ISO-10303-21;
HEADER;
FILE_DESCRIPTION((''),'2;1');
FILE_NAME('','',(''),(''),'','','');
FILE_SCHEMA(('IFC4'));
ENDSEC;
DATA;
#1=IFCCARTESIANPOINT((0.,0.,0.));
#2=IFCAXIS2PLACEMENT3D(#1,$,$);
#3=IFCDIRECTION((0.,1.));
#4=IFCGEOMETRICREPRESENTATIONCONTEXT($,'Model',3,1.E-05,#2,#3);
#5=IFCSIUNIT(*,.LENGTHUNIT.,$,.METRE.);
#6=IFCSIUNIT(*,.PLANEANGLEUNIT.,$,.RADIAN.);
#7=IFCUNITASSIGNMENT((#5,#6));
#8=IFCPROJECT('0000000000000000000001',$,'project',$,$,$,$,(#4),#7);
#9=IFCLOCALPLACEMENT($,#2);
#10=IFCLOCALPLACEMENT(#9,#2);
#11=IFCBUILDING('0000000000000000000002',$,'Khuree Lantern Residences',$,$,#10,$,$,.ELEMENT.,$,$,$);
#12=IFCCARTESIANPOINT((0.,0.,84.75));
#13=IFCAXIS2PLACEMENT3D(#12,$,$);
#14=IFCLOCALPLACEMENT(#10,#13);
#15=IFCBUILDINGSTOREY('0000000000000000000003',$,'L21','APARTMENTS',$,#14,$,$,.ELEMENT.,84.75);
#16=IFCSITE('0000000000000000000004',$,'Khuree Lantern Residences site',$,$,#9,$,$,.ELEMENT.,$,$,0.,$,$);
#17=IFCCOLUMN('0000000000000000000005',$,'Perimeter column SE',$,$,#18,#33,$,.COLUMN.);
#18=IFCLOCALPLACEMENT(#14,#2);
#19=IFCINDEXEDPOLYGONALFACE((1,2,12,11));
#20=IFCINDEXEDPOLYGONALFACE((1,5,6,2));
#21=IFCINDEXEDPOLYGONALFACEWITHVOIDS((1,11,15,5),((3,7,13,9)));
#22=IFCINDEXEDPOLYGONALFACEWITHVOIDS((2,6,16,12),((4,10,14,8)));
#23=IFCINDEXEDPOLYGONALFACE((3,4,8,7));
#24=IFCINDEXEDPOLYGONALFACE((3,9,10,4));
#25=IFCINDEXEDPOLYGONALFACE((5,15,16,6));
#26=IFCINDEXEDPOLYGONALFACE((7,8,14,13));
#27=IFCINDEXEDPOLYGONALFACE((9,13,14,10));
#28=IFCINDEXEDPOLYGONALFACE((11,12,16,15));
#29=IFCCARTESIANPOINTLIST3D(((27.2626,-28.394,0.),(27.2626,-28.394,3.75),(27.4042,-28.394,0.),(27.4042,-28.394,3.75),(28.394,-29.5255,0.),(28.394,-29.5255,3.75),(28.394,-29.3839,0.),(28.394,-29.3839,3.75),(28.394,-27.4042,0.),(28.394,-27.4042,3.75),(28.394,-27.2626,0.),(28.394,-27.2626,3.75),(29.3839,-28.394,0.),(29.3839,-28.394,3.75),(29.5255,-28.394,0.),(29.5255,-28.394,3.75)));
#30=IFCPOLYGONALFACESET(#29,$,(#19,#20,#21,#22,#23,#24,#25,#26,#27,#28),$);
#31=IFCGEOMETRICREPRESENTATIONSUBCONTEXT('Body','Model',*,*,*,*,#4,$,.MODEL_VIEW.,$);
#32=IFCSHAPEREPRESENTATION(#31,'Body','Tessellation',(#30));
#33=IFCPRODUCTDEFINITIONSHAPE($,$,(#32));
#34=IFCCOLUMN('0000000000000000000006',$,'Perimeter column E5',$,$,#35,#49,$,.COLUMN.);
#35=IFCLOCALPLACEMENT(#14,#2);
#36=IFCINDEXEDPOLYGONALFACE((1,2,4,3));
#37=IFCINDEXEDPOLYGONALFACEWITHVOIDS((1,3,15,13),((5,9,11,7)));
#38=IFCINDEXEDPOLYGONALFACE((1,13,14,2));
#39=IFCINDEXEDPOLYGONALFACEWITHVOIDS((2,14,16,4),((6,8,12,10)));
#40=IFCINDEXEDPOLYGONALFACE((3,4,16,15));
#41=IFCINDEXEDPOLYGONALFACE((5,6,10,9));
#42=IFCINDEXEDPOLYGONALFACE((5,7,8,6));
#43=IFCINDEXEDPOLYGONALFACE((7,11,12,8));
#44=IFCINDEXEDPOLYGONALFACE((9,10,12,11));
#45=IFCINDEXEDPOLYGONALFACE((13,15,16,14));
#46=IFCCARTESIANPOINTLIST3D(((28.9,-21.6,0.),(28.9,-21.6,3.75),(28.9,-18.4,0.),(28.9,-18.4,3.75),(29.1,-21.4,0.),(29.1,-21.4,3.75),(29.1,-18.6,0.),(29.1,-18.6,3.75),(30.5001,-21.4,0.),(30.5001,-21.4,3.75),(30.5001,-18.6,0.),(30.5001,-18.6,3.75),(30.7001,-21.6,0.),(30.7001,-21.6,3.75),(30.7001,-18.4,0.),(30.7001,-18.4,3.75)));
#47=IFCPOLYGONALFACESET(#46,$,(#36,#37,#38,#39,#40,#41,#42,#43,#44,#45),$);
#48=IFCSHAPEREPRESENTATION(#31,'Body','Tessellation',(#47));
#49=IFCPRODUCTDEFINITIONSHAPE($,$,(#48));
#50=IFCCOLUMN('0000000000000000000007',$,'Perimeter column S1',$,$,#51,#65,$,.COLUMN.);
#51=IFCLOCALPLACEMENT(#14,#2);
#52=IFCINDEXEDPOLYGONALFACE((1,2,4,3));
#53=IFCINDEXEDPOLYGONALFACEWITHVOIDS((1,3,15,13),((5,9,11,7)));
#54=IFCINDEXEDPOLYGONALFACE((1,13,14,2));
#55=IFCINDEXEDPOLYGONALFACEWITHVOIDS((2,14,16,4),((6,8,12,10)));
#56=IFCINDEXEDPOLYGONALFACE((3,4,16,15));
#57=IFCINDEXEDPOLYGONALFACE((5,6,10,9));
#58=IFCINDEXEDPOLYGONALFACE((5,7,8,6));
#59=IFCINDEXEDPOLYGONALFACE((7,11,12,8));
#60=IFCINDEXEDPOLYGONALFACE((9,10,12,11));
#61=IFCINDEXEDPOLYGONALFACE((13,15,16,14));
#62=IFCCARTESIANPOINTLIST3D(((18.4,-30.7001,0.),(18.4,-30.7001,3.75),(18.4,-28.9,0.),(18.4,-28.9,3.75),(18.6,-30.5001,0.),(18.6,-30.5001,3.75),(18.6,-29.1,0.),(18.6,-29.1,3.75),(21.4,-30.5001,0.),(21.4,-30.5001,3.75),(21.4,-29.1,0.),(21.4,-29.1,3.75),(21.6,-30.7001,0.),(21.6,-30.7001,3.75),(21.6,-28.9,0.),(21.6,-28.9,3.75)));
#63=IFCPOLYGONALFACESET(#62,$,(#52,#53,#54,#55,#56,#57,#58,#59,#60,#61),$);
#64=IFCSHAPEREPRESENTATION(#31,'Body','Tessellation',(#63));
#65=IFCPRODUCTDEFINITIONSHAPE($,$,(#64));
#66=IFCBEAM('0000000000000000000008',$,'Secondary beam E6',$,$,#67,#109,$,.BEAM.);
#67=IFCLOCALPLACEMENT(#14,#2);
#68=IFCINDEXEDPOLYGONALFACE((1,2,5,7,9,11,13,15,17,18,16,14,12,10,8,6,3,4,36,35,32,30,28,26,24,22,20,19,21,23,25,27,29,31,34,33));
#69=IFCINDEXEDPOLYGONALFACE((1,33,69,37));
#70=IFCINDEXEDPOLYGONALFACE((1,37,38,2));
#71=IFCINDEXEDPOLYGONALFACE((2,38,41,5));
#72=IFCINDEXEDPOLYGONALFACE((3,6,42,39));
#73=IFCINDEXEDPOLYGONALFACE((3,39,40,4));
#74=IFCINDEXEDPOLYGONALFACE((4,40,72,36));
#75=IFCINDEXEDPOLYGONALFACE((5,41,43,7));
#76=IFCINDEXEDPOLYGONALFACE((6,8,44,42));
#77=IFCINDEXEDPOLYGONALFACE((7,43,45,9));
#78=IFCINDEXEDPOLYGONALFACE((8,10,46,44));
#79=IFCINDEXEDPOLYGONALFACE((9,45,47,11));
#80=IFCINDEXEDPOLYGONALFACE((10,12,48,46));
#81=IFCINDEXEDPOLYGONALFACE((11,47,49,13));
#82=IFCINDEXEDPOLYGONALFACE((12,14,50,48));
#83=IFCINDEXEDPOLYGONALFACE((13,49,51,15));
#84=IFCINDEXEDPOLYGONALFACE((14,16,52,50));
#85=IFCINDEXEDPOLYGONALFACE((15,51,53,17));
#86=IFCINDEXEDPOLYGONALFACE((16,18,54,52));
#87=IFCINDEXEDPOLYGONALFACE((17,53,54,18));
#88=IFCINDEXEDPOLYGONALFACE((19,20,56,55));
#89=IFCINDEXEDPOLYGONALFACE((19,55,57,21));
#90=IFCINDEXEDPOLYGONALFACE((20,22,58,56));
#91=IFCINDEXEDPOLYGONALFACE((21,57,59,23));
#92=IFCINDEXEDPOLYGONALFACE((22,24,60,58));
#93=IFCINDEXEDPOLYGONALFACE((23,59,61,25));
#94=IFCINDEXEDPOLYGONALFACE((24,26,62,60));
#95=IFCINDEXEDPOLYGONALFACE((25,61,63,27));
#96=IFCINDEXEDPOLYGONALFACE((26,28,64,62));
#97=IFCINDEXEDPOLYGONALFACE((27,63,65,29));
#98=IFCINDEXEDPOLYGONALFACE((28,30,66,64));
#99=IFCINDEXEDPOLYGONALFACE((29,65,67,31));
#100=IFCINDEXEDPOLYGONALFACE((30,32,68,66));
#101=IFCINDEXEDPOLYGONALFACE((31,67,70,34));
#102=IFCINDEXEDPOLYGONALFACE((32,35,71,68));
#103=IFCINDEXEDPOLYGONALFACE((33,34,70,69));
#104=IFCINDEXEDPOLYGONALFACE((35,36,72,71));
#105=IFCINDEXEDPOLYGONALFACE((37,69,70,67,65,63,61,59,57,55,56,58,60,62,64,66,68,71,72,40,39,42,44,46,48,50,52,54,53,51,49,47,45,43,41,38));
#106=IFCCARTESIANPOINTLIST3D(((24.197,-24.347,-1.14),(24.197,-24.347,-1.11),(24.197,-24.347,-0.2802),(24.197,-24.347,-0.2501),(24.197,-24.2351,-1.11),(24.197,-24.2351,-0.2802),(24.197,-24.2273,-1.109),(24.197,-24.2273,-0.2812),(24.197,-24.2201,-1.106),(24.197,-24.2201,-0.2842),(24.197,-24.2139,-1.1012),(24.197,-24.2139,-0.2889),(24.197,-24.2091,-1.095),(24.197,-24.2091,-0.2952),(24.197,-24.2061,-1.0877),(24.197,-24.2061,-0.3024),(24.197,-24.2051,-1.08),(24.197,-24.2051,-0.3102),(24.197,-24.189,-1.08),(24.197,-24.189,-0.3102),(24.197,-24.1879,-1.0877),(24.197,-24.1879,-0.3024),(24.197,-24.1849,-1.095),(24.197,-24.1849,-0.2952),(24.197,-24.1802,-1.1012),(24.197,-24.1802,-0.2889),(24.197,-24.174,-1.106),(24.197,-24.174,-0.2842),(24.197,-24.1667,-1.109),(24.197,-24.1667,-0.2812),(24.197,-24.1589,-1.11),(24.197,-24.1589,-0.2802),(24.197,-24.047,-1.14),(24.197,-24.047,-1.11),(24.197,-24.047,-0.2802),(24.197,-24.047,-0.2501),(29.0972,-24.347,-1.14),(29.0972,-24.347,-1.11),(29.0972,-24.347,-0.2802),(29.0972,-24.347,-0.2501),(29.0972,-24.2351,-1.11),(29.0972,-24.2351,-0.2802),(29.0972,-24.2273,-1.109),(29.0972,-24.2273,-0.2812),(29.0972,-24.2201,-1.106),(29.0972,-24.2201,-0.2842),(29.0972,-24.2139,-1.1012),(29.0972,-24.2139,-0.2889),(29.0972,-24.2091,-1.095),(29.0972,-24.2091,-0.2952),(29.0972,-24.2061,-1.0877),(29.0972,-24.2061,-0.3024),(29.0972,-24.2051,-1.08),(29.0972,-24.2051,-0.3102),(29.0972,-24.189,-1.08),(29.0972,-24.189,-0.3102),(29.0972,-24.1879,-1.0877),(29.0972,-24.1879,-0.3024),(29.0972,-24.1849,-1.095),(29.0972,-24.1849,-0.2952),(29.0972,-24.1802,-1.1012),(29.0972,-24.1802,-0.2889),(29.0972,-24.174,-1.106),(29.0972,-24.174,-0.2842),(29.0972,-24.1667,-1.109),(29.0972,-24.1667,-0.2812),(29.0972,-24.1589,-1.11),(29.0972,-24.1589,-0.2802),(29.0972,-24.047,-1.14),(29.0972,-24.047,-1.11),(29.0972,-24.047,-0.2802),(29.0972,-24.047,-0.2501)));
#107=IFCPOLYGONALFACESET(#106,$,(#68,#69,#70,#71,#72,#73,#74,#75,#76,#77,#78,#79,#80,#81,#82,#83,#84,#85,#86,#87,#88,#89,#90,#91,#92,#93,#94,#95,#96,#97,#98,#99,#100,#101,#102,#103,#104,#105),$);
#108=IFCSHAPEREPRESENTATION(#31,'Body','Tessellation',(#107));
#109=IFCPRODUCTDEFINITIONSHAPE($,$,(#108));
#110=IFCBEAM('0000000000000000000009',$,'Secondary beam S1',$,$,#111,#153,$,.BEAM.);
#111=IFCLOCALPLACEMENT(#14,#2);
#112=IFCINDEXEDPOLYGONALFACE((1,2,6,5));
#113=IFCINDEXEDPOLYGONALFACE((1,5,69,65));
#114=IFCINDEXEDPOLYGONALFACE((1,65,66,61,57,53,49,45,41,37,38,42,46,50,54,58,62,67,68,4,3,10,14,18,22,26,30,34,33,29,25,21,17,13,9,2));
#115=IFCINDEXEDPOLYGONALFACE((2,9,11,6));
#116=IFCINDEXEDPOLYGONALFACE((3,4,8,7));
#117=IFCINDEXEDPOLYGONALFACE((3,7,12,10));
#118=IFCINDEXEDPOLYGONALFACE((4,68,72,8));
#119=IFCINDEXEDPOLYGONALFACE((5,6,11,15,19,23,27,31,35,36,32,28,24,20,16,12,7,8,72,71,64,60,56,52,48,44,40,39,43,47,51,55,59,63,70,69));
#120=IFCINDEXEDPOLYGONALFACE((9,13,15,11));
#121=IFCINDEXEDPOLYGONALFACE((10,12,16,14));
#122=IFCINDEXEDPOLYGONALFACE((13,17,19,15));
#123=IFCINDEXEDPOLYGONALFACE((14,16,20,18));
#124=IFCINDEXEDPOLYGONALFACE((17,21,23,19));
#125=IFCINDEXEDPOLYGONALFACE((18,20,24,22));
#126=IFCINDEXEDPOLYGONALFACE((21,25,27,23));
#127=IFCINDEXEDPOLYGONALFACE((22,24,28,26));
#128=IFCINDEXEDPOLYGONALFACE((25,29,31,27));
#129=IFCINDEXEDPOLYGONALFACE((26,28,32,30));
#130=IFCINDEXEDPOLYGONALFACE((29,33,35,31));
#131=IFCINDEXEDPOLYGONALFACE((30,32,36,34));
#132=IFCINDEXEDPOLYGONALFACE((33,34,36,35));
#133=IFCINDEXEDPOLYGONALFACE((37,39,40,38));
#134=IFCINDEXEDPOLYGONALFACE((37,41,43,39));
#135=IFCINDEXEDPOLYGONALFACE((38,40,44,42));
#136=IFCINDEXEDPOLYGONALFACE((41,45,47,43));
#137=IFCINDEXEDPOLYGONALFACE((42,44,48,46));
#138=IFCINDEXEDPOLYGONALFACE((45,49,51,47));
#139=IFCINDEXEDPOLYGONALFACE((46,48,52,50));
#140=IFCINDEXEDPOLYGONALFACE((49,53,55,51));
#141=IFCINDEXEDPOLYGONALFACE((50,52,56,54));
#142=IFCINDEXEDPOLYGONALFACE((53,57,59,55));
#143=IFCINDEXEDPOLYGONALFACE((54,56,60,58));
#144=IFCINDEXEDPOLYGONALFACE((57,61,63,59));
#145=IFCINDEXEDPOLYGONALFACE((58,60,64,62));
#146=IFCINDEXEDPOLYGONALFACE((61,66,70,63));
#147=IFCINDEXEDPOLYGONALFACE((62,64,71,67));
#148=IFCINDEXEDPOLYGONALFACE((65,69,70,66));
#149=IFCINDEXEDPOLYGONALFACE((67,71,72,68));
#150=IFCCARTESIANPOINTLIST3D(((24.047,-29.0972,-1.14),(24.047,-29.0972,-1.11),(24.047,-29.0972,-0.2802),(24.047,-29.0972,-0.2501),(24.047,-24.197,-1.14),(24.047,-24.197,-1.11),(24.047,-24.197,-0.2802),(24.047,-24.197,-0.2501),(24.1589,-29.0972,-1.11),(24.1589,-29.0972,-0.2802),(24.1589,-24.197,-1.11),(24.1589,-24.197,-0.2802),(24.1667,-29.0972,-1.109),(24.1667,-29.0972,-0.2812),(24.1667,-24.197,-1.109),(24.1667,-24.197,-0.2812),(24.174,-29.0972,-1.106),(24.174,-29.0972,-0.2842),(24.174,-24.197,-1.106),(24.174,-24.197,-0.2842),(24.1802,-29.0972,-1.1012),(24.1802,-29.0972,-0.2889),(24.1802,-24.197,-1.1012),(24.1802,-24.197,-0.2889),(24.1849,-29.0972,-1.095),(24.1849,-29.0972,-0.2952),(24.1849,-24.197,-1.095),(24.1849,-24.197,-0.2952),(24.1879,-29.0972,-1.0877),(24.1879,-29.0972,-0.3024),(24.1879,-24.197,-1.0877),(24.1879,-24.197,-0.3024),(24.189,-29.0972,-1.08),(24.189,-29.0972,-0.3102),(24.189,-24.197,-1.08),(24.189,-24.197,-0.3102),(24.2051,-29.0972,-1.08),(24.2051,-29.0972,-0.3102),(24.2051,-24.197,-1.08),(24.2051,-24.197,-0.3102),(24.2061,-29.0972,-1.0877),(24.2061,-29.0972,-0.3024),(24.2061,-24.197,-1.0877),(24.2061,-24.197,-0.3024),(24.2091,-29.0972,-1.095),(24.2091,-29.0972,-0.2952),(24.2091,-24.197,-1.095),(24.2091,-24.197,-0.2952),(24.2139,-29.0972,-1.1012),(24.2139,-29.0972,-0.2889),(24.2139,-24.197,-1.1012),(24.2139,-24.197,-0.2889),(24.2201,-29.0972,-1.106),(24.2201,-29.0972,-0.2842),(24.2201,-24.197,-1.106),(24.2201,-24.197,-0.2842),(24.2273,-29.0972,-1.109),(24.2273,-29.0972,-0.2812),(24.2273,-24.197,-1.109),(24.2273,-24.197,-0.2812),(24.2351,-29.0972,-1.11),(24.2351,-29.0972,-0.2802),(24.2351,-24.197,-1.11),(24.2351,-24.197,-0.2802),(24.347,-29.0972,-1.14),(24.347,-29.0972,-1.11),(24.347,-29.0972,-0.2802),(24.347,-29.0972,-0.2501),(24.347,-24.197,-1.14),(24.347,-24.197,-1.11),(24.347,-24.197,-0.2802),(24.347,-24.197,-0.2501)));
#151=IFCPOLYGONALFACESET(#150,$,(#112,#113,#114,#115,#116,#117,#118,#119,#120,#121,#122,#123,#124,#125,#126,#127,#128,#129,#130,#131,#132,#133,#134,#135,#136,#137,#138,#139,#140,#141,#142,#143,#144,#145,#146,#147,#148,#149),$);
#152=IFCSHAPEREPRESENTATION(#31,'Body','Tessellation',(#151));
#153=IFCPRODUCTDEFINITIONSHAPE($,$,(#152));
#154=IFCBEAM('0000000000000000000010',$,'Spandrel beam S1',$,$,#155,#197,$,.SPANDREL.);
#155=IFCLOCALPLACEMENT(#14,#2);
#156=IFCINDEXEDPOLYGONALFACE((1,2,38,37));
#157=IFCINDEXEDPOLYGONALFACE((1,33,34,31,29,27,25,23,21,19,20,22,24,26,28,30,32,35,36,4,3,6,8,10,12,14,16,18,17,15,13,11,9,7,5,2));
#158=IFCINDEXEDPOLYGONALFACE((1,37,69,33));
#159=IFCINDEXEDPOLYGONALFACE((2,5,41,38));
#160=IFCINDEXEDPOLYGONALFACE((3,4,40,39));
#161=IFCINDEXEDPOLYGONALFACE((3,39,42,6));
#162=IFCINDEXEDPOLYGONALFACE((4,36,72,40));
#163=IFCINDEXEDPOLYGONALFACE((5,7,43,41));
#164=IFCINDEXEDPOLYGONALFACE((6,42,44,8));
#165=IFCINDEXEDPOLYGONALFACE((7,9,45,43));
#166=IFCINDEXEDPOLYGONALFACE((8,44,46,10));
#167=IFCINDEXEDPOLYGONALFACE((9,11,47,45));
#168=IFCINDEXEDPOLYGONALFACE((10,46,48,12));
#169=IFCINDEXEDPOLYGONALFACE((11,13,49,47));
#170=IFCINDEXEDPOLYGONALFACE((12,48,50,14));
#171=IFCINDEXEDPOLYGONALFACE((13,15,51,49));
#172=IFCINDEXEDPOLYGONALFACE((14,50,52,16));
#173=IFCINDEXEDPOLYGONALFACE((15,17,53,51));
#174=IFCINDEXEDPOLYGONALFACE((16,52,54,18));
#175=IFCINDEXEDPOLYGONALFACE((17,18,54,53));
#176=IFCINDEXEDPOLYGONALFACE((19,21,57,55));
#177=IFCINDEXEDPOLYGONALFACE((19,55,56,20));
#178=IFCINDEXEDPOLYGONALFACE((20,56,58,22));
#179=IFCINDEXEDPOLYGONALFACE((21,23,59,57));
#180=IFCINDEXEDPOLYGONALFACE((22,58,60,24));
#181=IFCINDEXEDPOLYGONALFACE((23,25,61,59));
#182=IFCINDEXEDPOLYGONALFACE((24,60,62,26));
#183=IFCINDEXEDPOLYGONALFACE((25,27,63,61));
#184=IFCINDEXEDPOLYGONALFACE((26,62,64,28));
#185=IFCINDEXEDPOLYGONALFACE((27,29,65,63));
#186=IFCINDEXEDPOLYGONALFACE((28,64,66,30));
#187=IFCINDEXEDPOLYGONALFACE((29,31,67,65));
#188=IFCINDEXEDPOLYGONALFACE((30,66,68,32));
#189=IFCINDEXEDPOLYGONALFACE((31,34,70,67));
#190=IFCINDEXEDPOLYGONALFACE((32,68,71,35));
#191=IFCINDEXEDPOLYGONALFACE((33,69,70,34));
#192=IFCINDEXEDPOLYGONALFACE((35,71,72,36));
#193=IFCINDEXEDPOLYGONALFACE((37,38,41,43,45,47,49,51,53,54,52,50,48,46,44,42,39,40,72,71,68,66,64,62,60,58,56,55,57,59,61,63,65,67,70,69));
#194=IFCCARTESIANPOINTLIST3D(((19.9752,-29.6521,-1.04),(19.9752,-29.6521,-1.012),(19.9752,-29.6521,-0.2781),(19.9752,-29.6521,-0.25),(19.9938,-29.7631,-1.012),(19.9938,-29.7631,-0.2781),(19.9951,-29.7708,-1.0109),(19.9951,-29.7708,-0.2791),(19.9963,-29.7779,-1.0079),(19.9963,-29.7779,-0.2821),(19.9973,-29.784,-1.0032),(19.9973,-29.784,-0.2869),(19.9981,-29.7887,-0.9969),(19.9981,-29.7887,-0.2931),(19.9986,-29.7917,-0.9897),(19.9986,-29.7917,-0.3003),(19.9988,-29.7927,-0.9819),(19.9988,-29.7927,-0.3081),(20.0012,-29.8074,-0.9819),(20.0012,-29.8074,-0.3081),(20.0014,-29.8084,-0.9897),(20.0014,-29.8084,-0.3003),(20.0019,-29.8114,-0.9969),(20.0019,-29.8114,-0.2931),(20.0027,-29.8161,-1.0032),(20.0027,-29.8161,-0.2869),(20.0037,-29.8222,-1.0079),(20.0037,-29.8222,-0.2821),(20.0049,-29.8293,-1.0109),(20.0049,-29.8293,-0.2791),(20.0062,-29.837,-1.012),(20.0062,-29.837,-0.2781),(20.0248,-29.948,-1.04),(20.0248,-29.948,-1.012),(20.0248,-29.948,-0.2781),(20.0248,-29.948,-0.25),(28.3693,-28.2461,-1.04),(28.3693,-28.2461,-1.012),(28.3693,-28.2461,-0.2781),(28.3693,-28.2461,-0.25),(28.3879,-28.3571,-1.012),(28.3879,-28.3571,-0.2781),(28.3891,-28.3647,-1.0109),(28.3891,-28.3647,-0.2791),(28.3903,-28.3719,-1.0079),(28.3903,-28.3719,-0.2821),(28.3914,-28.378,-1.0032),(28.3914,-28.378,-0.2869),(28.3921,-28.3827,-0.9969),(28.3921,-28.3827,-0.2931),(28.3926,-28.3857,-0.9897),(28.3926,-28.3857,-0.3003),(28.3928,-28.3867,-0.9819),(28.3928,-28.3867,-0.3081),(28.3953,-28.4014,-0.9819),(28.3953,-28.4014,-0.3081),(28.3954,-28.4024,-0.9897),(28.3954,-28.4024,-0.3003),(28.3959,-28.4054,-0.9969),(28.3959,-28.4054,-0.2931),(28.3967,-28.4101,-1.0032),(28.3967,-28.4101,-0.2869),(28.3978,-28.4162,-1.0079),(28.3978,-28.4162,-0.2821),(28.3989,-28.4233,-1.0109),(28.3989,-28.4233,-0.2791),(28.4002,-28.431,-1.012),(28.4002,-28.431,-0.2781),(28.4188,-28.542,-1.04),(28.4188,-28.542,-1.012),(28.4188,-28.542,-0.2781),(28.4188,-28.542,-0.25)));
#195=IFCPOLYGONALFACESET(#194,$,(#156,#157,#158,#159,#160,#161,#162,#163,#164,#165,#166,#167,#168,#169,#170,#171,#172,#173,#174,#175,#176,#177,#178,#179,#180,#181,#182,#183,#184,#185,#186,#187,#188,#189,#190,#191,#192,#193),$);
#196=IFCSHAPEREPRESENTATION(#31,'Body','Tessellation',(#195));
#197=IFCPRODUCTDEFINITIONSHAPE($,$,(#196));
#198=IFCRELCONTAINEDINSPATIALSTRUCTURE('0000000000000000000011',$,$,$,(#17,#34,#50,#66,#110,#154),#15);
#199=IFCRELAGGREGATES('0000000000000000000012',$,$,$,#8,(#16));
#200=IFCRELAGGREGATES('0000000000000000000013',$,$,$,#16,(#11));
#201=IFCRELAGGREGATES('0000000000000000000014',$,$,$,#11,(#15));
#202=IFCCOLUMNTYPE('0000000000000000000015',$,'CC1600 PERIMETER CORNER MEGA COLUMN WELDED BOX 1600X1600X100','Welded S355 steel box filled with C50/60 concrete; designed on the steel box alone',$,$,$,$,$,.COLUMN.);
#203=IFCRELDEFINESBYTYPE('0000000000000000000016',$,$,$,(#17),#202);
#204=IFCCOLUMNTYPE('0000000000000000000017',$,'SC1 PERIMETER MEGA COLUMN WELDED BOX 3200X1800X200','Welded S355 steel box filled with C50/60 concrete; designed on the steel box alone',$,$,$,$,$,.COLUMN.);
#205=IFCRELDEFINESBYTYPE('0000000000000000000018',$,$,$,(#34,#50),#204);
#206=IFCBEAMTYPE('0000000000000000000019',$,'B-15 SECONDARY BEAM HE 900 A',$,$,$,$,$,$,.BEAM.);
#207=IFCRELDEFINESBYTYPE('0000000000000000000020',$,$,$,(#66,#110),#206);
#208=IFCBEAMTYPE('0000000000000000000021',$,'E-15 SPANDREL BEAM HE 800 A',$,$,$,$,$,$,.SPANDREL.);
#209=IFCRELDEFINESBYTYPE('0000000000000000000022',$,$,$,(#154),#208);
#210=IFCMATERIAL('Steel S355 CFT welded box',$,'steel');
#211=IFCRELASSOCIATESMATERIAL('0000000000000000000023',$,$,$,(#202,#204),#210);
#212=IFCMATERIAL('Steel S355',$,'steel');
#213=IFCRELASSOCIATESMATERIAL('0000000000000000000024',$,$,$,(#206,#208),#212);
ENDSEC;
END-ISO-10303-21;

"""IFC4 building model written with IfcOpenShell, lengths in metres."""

from ifc_helpers import new_model, si_unit, direction, frame, origin, origin_2d, place, context, subcontext, project, spatial, hollow_rectangle, i_section, extrude, material, material_profile, profile_set, type_object, element, save


model = new_model("IFC4")

# Units and contexts
model_context = context("Model", 3, precision=1e-05, world=origin(), true_north=direction((0.0, 1.0)))
body_context = subcontext(model_context, "Body", "Model", "MODEL_VIEW")
ifc_project = project(units=[si_unit("LENGTHUNIT", "METRE"), si_unit("PLANEANGLEUNIT", "RADIAN")], contexts=[model_context])

# Site, building, storey
site_placement = place(None, origin())
site = spatial("IfcSite", under=ifc_project, at=site_placement, Name="Khuree Lantern Residences site", CompositionType="ELEMENT", RefElevation=0.0)
building_placement = place(site_placement, origin())
building = spatial("IfcBuilding", under=site, at=building_placement, Name="Khuree Lantern Residences", CompositionType="ELEMENT")
storey_placement = place(building_placement, frame((0.0, 0.0, 84.75)))
storey = spatial("IfcBuildingStorey", under=building, at=storey_placement, Name="L21", Description="APARTMENTS", CompositionType="ELEMENT", Elevation=84.75)

# Columns
ifc_material_1 = material(Name="Steel S355 CFT welded box", Category="steel")
ifc_material_profile_1 = material_profile(ifc_material_1, hollow_rectangle(XDim=1.6001, YDim=1.6001, WallThickness=0.1001, at=origin_2d()), Name="WELDED BOX 1600X1600X100")
ifc_profile_set_1 = profile_set([ifc_material_profile_1], Name="Steel S355 CFT welded box")
column_type_1 = type_object("IfcColumnType", Name="CC1600 PERIMETER CORNER MEGA COLUMN WELDED BOX 1600X1600X100", Description="Welded S355 steel box filled with C50/60 concrete; designed on the steel box alone", PredefinedType="COLUMN", material=ifc_profile_set_1)
column_placement = place(storey_placement, frame((28.394, -28.394, 0.0), z_axis=(0.0, 0.0, 1.0), x_axis=(0.707107, 0.707107, 0.0)))
element("IfcColumn", 1, at=column_placement, inside=storey, type_object=column_type_1, Name="Perimeter column SE", PredefinedType="COLUMN", context=body_context, shape_type="SweptSolid", body=[
    extrude(hollow_rectangle(XDim=1.6001, YDim=1.6001, WallThickness=0.1001, at=origin_2d()), origin(), (0.0, 0.0, 1.0), 3.75),
])
ifc_material_profile_2 = material_profile(ifc_material_1, hollow_rectangle(XDim=3.2, YDim=1.8, WallThickness=0.2, at=origin_2d()), Name="WELDED BOX 3200X1800X200")
ifc_profile_set_2 = profile_set([ifc_material_profile_2], Name="Steel S355 CFT welded box")
column_type_2 = type_object("IfcColumnType", Name="SC1 PERIMETER MEGA COLUMN WELDED BOX 3200X1800X200", Description="Welded S355 steel box filled with C50/60 concrete; designed on the steel box alone", PredefinedType="COLUMN", material=ifc_profile_set_2)
for number, where, z_axis, x_axis, name in (
    (2, (29.8, -20.0, 0.0), (0.0, 0.0, 1.0), (0.0, 1.0, 0.0), "Perimeter column E5"),
    (3, (20.0, -29.8, 0.0), (0.0, 0.0, 1.0), (1.0, 0.0, 0.0), "Perimeter column S1"),
):
    element("IfcColumn", number, at=place(storey_placement, frame(where, z_axis=z_axis, x_axis=x_axis)), inside=storey, type_object=column_type_2, Name=name, PredefinedType="COLUMN", context=body_context, shape_type="SweptSolid", body=[
        extrude(hollow_rectangle(XDim=3.2, YDim=1.8, WallThickness=0.2, at=origin_2d()), origin(), (0.0, 0.0, 1.0), 3.75),
    ])

# Beams
ifc_material_2 = material(Name="Steel S355", Category="steel")
ifc_material_profile_3 = material_profile(ifc_material_2, i_section(OverallWidth=0.3, OverallDepth=0.8899, WebThickness=0.0161, FlangeThickness=0.03, FilletRadius=0.03, at=origin_2d()), Name="HE 900 A")
ifc_profile_set_3 = profile_set([ifc_material_profile_3], Name="Steel S355")
beam_type_1 = type_object("IfcBeamType", Name="B-15 SECONDARY BEAM HE 900 A", PredefinedType="BEAM", material=ifc_profile_set_3)
for number, where, z_axis, x_axis, name in (
    (4, (29.0972, -24.197, -0.6951), (-1.0, 0.0, 0.0), (0.0, -1.0, 0.0), "Secondary beam E6"),
    (5, (24.197, -29.0972, -0.6951), (0.0, 1.0, 0.0), (-1.0, 0.0, 0.0), "Secondary beam S1"),
):
    element("IfcBeam", number, at=place(storey_placement, frame(where, z_axis=z_axis, x_axis=x_axis)), inside=storey, type_object=beam_type_1, Name=name, PredefinedType="BEAM", context=body_context, shape_type="SweptSolid", body=[
        extrude(i_section(OverallWidth=0.3, OverallDepth=0.8899, WebThickness=0.0161, FlangeThickness=0.03, FilletRadius=0.03, at=origin_2d()), origin(), (0.0, 0.0, 1.0), 4.9001),
    ])
ifc_material_profile_4 = material_profile(ifc_material_2, i_section(OverallWidth=0.3, OverallDepth=0.79, WebThickness=0.0149, FlangeThickness=0.0281, FilletRadius=0.03, at=origin_2d()), Name="HE 800 A")
ifc_profile_set_4 = profile_set([ifc_material_profile_4], Name="Steel S355")
beam_type_2 = type_object("IfcBeamType", Name="E-15 SPANDREL BEAM HE 800 A", PredefinedType="SPANDREL", material=ifc_profile_set_4)
beam_1_placement = place(storey_placement, frame((28.394, -28.394, -0.645), z_axis=(-0.98626, -0.165199, 0.0), x_axis=(0.165199, -0.98626, 0.0)))
element("IfcBeam", 6, at=beam_1_placement, inside=storey, type_object=beam_type_2, Name="Spandrel beam S1", PredefinedType="SPANDREL", context=body_context, shape_type="SweptSolid", body=[
    extrude(i_section(OverallWidth=0.3, OverallDepth=0.79, WebThickness=0.0149, FlangeThickness=0.0281, FilletRadius=0.03, at=origin_2d()), origin(), (0.0, 0.0, 1.0), 8.511),
])

save(model, "model.ifc")
